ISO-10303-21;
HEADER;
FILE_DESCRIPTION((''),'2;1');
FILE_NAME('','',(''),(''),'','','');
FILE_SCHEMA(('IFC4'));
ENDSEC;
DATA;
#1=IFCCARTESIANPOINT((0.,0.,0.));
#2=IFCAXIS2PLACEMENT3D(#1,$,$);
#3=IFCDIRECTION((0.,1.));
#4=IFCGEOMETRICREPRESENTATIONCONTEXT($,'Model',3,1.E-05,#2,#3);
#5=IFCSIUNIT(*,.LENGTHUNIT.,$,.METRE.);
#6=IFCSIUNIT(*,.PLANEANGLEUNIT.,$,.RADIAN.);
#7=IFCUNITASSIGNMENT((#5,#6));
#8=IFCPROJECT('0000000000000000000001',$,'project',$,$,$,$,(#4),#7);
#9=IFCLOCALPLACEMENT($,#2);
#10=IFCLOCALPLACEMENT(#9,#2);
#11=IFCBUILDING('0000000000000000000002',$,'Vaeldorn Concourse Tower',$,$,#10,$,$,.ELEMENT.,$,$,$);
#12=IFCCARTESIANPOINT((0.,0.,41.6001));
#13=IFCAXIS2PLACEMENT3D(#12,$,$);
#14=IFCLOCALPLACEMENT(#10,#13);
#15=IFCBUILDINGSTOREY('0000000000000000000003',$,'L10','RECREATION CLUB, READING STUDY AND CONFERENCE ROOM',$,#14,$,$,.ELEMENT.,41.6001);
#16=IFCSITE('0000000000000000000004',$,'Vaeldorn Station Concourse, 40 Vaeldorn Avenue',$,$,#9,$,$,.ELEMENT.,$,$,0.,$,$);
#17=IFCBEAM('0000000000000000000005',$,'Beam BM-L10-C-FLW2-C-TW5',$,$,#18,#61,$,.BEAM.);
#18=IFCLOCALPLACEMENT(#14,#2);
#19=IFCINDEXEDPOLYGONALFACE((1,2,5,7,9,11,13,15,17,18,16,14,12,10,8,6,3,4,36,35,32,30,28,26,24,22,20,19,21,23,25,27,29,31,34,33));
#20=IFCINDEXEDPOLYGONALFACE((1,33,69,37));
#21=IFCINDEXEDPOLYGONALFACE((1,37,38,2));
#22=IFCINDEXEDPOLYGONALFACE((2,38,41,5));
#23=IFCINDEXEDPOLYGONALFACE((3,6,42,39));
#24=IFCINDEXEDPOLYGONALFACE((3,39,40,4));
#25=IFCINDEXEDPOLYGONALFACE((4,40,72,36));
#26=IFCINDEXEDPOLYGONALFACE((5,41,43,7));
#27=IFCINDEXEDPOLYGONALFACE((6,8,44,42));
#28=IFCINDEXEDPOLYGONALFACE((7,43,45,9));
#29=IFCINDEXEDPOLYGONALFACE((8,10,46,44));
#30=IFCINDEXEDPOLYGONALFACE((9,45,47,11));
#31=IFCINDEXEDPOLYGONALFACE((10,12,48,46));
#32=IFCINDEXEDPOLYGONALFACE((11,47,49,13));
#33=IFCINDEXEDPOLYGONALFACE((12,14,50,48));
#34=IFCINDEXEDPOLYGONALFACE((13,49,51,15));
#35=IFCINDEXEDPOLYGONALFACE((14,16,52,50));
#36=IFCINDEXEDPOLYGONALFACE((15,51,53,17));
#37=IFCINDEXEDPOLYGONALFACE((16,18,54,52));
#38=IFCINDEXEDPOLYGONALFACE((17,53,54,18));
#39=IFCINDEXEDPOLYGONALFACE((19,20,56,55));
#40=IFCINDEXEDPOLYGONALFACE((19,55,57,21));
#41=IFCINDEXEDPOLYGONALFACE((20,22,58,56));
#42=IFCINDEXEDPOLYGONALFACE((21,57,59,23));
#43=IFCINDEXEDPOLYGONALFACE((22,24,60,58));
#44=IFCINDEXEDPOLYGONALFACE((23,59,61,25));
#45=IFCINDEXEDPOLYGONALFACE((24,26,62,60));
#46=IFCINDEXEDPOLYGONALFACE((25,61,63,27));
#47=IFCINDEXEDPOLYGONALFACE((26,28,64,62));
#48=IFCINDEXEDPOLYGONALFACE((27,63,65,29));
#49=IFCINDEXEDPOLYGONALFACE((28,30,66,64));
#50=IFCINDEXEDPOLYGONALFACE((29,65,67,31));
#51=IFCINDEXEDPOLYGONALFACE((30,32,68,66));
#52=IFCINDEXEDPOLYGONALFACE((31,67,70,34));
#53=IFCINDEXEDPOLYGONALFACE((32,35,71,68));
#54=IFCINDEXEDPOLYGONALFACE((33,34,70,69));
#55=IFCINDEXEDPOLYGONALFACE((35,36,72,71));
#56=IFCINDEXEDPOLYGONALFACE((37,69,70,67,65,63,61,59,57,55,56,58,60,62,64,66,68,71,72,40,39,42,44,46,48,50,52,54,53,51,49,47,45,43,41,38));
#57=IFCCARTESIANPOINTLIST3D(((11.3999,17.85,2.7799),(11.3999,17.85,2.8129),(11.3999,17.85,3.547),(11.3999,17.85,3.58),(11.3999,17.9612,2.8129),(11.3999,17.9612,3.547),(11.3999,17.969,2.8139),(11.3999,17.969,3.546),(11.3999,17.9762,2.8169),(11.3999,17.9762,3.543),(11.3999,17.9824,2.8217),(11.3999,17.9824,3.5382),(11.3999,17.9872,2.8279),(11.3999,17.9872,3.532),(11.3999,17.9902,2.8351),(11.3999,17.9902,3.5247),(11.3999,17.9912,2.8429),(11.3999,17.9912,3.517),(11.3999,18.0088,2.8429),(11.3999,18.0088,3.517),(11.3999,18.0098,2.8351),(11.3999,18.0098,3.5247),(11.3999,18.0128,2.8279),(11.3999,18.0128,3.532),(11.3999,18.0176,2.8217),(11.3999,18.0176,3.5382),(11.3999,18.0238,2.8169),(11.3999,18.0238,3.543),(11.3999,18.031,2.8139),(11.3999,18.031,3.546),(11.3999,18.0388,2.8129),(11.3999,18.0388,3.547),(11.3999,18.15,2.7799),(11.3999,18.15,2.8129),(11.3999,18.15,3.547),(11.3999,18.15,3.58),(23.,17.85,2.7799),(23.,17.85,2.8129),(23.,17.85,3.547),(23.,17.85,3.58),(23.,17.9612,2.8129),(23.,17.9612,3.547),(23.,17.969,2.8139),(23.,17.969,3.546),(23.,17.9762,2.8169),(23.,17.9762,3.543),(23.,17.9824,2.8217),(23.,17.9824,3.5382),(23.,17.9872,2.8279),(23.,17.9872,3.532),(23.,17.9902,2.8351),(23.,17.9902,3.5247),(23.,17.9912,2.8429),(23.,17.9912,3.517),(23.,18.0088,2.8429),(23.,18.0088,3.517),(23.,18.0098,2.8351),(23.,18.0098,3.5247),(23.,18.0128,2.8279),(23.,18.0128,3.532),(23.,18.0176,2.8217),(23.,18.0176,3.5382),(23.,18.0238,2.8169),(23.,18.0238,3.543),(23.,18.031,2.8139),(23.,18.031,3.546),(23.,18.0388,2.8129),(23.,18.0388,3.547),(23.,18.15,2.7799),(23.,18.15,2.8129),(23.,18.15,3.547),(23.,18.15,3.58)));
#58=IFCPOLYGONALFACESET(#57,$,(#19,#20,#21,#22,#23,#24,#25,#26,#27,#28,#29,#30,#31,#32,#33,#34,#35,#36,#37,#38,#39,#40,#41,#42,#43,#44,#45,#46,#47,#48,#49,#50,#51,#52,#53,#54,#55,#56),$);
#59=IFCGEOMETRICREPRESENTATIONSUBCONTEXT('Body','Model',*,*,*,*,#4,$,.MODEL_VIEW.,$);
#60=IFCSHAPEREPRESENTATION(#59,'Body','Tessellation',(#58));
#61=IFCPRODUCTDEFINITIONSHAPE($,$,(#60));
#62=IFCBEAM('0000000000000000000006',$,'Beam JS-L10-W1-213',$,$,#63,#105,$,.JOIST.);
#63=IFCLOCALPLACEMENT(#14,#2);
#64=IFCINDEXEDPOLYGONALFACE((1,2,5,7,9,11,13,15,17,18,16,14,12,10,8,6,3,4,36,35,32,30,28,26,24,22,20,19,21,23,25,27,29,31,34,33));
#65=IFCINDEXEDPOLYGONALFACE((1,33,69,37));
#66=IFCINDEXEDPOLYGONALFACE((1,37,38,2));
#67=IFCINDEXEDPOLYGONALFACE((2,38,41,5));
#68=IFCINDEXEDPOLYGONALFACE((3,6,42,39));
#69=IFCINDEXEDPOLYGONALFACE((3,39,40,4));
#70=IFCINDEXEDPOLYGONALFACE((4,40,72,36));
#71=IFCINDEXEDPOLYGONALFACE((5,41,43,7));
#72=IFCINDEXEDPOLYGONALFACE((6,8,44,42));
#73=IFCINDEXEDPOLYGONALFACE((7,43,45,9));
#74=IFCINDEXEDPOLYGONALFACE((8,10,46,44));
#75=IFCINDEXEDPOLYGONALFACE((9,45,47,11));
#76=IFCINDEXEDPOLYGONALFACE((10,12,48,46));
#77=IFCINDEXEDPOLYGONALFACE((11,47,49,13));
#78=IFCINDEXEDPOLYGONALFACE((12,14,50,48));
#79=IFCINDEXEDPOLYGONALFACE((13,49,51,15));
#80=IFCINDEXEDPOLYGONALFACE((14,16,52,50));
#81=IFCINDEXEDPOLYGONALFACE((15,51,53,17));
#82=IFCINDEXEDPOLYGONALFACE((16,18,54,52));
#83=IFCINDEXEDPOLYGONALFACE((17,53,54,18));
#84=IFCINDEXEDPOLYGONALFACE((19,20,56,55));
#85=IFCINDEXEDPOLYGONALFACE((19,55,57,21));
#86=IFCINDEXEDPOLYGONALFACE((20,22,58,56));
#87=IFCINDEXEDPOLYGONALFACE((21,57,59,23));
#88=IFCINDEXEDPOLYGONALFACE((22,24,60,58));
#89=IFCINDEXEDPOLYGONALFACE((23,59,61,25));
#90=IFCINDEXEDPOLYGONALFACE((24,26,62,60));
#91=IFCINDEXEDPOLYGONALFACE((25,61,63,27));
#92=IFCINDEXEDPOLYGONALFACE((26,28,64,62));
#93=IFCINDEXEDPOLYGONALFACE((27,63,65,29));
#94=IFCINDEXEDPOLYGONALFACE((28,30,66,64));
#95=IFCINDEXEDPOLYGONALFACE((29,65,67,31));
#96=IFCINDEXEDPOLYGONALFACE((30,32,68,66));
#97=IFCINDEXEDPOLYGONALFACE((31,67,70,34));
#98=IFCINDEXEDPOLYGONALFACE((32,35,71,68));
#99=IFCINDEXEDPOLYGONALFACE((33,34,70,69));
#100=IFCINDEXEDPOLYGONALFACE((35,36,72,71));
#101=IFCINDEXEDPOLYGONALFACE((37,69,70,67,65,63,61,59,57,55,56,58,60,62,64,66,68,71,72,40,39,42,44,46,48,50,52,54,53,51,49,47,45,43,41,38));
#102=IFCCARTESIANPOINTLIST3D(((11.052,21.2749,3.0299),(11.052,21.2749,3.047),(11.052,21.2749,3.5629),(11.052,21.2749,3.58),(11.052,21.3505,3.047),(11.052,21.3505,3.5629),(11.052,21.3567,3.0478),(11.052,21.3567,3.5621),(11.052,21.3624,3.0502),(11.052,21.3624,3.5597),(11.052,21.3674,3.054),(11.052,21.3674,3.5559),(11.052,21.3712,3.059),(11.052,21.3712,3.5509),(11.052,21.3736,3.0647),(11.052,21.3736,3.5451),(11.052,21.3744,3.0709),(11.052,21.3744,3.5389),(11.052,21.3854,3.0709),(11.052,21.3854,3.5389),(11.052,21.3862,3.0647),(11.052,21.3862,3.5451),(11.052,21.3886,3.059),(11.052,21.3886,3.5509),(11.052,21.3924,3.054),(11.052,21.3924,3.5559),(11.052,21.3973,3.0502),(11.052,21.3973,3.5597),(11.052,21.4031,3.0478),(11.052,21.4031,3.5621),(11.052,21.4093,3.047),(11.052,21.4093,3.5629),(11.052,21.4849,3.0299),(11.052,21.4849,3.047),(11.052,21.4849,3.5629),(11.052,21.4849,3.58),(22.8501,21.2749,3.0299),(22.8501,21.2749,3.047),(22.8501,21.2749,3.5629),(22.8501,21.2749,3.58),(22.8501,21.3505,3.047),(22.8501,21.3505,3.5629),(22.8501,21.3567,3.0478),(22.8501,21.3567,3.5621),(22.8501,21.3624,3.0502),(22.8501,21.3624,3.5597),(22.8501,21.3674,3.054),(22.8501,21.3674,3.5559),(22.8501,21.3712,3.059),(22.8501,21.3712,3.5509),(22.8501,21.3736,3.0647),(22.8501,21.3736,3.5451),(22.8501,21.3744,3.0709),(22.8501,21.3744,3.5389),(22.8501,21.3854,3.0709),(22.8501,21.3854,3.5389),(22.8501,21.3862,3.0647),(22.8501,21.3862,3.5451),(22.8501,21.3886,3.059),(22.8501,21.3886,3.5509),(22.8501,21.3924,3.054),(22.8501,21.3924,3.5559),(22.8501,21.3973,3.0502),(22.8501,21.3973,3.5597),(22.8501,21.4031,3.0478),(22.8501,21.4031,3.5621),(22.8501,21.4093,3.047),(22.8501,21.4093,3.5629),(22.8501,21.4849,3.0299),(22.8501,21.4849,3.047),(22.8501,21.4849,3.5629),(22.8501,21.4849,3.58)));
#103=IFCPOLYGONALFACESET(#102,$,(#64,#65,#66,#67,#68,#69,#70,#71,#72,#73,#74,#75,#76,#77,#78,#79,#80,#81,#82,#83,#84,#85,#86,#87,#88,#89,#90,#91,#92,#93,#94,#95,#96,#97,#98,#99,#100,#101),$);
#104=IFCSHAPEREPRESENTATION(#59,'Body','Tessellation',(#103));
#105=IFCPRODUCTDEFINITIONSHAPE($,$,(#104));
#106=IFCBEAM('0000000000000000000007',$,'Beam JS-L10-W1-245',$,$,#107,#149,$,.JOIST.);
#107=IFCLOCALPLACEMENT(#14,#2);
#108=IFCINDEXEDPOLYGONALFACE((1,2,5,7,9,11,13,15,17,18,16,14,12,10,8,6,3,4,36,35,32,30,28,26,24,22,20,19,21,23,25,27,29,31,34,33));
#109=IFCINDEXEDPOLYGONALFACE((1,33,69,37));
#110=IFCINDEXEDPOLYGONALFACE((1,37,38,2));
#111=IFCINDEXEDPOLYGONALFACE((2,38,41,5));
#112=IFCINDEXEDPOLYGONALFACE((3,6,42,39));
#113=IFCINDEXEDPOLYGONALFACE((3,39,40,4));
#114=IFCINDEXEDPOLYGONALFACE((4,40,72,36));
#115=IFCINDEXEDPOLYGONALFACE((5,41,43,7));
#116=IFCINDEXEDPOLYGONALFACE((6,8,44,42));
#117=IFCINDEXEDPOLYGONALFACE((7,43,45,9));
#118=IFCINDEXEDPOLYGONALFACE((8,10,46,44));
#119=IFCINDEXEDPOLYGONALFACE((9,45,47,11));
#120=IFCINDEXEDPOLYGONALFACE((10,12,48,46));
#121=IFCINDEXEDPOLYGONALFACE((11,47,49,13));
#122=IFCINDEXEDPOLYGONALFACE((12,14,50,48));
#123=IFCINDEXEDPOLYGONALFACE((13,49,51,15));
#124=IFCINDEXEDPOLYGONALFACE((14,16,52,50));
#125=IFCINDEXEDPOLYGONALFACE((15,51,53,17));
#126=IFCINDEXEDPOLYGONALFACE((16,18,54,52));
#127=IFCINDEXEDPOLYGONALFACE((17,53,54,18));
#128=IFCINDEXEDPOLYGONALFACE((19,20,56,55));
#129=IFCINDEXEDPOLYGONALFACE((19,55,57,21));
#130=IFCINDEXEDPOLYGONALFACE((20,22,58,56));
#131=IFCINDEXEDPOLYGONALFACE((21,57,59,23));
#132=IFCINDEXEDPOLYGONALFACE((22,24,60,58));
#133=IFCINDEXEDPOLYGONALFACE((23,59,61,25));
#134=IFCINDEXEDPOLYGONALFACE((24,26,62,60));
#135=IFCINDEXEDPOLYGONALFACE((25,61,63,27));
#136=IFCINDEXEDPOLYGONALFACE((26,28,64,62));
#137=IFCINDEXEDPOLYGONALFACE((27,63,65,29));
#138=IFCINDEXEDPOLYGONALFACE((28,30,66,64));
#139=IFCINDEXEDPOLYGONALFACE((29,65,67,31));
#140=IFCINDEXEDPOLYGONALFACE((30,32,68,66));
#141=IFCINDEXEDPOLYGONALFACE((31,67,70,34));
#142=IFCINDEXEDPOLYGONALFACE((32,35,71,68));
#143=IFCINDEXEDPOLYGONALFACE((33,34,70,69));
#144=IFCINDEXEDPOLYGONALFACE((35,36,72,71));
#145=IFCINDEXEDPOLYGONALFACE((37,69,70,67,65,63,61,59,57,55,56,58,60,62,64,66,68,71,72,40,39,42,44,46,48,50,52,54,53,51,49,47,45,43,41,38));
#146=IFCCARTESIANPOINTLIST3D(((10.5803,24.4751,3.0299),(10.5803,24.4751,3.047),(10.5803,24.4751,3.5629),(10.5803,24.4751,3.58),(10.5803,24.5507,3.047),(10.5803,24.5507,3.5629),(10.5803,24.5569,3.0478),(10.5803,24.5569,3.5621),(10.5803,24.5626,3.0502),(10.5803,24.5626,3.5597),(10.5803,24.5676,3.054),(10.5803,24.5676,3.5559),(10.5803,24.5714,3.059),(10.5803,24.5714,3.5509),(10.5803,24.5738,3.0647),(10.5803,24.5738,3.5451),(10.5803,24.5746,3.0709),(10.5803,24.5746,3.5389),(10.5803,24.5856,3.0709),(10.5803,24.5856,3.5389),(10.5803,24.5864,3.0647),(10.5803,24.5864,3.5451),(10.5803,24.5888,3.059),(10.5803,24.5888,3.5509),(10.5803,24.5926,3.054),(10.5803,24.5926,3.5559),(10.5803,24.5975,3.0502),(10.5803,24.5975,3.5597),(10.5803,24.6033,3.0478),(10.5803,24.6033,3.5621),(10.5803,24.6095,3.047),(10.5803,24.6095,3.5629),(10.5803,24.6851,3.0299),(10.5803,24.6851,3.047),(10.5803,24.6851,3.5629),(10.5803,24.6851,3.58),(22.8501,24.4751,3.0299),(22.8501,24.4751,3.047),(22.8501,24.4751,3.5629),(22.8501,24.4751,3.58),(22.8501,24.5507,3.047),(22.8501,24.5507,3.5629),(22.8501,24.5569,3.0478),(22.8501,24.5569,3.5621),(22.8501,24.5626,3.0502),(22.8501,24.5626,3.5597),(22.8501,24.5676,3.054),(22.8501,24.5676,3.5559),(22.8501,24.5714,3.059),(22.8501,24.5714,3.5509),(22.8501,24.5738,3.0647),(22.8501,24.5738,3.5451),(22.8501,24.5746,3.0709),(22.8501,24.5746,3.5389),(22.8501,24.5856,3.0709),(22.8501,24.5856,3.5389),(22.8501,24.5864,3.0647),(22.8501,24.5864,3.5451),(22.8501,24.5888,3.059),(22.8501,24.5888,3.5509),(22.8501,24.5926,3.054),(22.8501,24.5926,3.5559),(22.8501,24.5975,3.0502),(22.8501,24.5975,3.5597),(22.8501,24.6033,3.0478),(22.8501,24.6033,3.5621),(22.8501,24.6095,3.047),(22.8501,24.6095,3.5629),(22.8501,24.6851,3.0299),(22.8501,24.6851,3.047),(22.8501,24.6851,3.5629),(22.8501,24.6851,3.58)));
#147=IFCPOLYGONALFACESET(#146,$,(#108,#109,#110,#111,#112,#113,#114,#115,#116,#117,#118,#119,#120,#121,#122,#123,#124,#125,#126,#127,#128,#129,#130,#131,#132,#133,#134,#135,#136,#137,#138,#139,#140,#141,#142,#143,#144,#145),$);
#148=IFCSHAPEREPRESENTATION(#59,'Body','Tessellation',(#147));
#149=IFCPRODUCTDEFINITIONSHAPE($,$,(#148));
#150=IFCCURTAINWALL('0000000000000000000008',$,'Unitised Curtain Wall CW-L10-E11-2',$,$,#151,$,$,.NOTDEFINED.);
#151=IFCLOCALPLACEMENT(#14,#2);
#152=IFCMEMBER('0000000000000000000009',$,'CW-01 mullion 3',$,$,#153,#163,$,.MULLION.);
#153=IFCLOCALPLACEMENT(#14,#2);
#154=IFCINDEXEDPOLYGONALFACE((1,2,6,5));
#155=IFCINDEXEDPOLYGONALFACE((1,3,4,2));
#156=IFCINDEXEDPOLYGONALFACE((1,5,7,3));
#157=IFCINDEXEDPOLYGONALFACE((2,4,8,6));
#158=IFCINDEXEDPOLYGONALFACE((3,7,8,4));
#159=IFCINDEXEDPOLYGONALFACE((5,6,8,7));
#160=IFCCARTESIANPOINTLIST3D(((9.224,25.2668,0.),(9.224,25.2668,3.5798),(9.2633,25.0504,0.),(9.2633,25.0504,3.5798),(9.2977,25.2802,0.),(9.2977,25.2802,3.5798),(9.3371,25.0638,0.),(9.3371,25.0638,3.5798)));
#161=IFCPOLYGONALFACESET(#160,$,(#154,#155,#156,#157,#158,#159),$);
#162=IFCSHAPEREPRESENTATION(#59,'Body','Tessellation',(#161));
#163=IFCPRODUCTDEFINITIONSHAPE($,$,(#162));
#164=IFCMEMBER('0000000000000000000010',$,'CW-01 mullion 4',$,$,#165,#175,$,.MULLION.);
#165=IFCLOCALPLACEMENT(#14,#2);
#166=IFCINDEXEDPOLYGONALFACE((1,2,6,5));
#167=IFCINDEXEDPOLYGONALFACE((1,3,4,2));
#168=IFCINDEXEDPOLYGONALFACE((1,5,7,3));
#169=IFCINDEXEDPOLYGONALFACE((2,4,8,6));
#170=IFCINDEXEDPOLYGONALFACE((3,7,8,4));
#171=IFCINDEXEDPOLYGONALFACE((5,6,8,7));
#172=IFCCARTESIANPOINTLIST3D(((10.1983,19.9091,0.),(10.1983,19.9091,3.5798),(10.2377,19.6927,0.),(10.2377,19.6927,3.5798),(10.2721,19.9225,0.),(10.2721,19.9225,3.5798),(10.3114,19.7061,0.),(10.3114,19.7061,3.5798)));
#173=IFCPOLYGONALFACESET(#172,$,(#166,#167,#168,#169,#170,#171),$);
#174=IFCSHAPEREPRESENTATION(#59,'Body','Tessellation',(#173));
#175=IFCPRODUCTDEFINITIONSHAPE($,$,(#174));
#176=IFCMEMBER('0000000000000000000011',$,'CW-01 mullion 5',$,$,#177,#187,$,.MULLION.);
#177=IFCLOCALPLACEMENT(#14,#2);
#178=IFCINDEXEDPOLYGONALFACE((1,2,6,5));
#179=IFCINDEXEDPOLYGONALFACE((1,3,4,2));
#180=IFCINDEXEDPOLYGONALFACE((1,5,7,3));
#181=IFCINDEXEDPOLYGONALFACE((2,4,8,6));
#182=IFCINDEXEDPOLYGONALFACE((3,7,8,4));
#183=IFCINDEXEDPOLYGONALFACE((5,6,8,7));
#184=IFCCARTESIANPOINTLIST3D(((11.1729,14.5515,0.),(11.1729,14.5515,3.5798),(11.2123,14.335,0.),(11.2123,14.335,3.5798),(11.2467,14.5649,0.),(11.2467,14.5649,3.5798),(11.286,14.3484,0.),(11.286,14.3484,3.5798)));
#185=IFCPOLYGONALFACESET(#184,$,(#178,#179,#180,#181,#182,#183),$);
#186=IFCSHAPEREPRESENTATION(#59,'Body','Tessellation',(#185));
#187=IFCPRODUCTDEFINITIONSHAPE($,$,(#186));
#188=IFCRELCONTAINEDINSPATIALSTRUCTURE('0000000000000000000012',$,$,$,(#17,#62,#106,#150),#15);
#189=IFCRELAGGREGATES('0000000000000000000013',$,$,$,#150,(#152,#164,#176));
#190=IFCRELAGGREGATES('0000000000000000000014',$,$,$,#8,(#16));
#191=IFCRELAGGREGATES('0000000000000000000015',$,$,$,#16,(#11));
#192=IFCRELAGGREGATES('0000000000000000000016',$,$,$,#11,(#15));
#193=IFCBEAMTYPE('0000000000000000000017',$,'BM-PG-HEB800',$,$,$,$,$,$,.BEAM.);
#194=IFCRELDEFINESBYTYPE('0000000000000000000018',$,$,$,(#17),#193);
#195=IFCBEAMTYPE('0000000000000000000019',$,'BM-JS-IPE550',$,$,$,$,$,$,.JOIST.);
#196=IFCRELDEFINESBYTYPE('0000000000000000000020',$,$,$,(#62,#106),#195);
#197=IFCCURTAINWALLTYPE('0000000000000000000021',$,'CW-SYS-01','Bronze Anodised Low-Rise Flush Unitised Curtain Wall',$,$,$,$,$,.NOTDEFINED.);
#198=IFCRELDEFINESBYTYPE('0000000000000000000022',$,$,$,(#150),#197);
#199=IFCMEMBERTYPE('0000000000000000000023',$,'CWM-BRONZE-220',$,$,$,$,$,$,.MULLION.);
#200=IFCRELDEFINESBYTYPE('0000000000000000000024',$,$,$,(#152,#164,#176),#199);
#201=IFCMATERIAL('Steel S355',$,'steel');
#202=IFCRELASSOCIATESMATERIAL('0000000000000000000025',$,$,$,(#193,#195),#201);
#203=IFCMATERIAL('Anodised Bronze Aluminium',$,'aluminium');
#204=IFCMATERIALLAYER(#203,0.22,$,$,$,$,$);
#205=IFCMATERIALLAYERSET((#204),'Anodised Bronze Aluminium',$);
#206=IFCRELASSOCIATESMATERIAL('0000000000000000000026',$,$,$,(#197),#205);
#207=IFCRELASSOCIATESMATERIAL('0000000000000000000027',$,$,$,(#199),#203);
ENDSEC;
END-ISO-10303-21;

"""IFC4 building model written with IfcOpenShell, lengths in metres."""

from ifc_helpers import new_model, si_unit, direction, frame, origin, origin_2d, place, context, subcontext, project, spatial, rectangle, i_section, extrude, source, transform, mapped, material, layer, layer_set, material_profile, profile_set, type_object, element, aggregate, save


model = new_model("IFC4")

# Units and contexts
model_context = context("Model", 3, precision=1e-05, world=origin(), true_north=direction((0.0, 1.0)))
body_context = subcontext(model_context, "Body", "Model", "MODEL_VIEW")
ifc_project = project(units=[si_unit("LENGTHUNIT", "METRE"), si_unit("PLANEANGLEUNIT", "RADIAN")], contexts=[model_context])

# Site, building, storey
site_placement = place(None, origin())
site = spatial("IfcSite", under=ifc_project, at=site_placement, Name="Vaeldorn Station Concourse, 40 Vaeldorn Avenue", CompositionType="ELEMENT", RefElevation=0.0)
building_placement = place(site_placement, origin())
building = spatial("IfcBuilding", under=site, at=building_placement, Name="Vaeldorn Concourse Tower", CompositionType="ELEMENT")
storey_placement = place(building_placement, frame((0.0, 0.0, 41.6001)))
storey = spatial("IfcBuildingStorey", under=building, at=storey_placement, Name="L10", Description="RECREATION CLUB, READING STUDY AND CONFERENCE ROOM", CompositionType="ELEMENT", Elevation=41.6001)

# Beams
ifc_material_1 = material(Name="Steel S355", Category="steel")
ifc_material_profile_1 = material_profile(ifc_material_1, i_section(OverallWidth=0.3, OverallDepth=0.8, WebThickness=0.0176, FlangeThickness=0.033, FilletRadius=0.03, at=origin_2d()), Name="HEB 800")
ifc_profile_set_1 = profile_set([ifc_material_profile_1], Name="Steel S355")
beam_type_1 = type_object("IfcBeamType", Name="BM-PG-HEB800", PredefinedType="BEAM", material=ifc_profile_set_1)
shared_shape_1 = source(origin(), body_context, "Body", "SweptSolid", [
    extrude(i_section(OverallWidth=0.3, OverallDepth=0.8, WebThickness=0.0176, FlangeThickness=0.033, FilletRadius=0.03, at=origin_2d()), origin(), (0.0, 0.0, 1.0), 11.6001),
])
beam_1_placement = place(storey_placement, frame((11.3999, 18.0, 3.1799), z_axis=(1.0, 0.0, 0.0), x_axis=(0.0, 1.0, 0.0)))
element("IfcBeam", 1, at=beam_1_placement, inside=storey, type_object=beam_type_1, Name="Beam BM-L10-C-FLW2-C-TW5", PredefinedType="BEAM", context=body_context, shape_type="MappedRepresentation", body=[
    mapped(shared_shape_1, transform((0.0, 0.0, 0.0), scale=1.0)),
])
ifc_material_profile_2 = material_profile(ifc_material_1, i_section(OverallWidth=0.21, OverallDepth=0.55, WebThickness=0.011, FlangeThickness=0.0171, FilletRadius=0.0239, at=origin_2d()), Name="IPE 550")
ifc_profile_set_2 = profile_set([ifc_material_profile_2], Name="Steel S355")
beam_type_2 = type_object("IfcBeamType", Name="BM-JS-IPE550", PredefinedType="JOIST", material=ifc_profile_set_2)
shared_shape_2 = source(origin(), body_context, "Body", "SweptSolid", [
    extrude(i_section(OverallWidth=0.21, OverallDepth=0.55, WebThickness=0.011, FlangeThickness=0.0171, FilletRadius=0.0239, at=origin_2d()), origin(), (0.0, 0.0, 1.0), 11.7981),
])
beam_2_placement = place(storey_placement, frame((11.052, 21.3799, 3.3049), z_axis=(1.0, 0.0, 0.0), x_axis=(0.0, 1.0, 0.0)))
element("IfcBeam", 2, at=beam_2_placement, inside=storey, type_object=beam_type_2, Name="Beam JS-L10-W1-213", PredefinedType="JOIST", context=body_context, shape_type="MappedRepresentation", body=[
    mapped(shared_shape_2, transform((0.0, 0.0, 0.0), scale=1.0)),
])
shared_shape_3 = source(origin(), body_context, "Body", "SweptSolid", [
    extrude(i_section(OverallWidth=0.21, OverallDepth=0.55, WebThickness=0.011, FlangeThickness=0.0171, FilletRadius=0.0239, at=origin_2d()), origin(), (0.0, 0.0, 1.0), 12.2698),
])
beam_3_placement = place(storey_placement, frame((10.5803, 24.5801, 3.3049), z_axis=(1.0, 0.0, 0.0), x_axis=(0.0, 1.0, 0.0)))
element("IfcBeam", 3, at=beam_3_placement, inside=storey, type_object=beam_type_2, Name="Beam JS-L10-W1-245", PredefinedType="JOIST", context=body_context, shape_type="MappedRepresentation", body=[
    mapped(shared_shape_3, transform((0.0, 0.0, 0.0), scale=1.0)),
])

# Curtain wall, members
ifc_material_2 = material(Name="Anodised Bronze Aluminium", Category="aluminium")
ifc_layer_1 = layer(ifc_material_2, 0.22)
ifc_layer_set_1 = layer_set([ifc_layer_1], Name="Anodised Bronze Aluminium")
curtain_wall_type = type_object("IfcCurtainWallType", Name="CW-SYS-01", Description="Bronze Anodised Low-Rise Flush Unitised Curtain Wall", PredefinedType="NOTDEFINED", material=ifc_layer_set_1)
curtain_wall_placement = place(storey_placement, origin())
curtain_wall = element("IfcCurtainWall", 4, at=curtain_wall_placement, inside=storey, type_object=curtain_wall_type, Name="Unitised Curtain Wall CW-L10-E11-2", PredefinedType="NOTDEFINED")
ifc_material_profile_3 = material_profile(ifc_material_2, rectangle(XDim=0.075, YDim=0.22, at=origin_2d()), Name="CWM 75x220")
ifc_profile_set_3 = profile_set([ifc_material_profile_3], Name="Anodised Bronze Aluminium")
member_type_1 = type_object("IfcMemberType", Name="CWM-BRONZE-220", PredefinedType="MULLION", material=ifc_profile_set_3)
shared_shape_4 = source(origin(), body_context, "Body", "SweptSolid", [
    extrude(rectangle(XDim=0.075, YDim=0.22, at=origin_2d()), origin(), (0.0, 0.0, 1.0), 3.5798),
])
member_1_placement = place(storey_placement, frame((9.2805, 25.1653, 0.0), z_axis=(0.0, 0.0, 1.0), x_axis=(0.983859, 0.178944, 0.0)))
member_1 = element("IfcMember", 5, at=member_1_placement, type_object=member_type_1, Name="CW-01 mullion 3", PredefinedType="MULLION", context=body_context, shape_type="MappedRepresentation", body=[
    mapped(shared_shape_4, transform((0.0, 0.0, 0.0), scale=1.0)),
])
member_2_placement = place(storey_placement, frame((10.2549, 19.8076, 0.0), z_axis=(0.0, 0.0, 1.0), x_axis=(0.983859, 0.178944, 0.0)))
member_2 = element("IfcMember", 6, at=member_2_placement, type_object=member_type_1, Name="CW-01 mullion 4", PredefinedType="MULLION", context=body_context, shape_type="MappedRepresentation", body=[
    mapped(shared_shape_4, transform((0.0, 0.0, 0.0), scale=1.0)),
])
member_3_placement = place(storey_placement, frame((11.2295, 14.45, 0.0), z_axis=(0.0, 0.0, 1.0), x_axis=(0.983859, 0.178944, 0.0)))
member_3 = element("IfcMember", 7, at=member_3_placement, type_object=member_type_1, Name="CW-01 mullion 5", PredefinedType="MULLION", context=body_context, shape_type="MappedRepresentation", body=[
    mapped(shared_shape_4, transform((0.0, 0.0, 0.0), scale=1.0)),
])
aggregate(curtain_wall, [member_1, member_2, member_3])

save(model, "model.ifc")
